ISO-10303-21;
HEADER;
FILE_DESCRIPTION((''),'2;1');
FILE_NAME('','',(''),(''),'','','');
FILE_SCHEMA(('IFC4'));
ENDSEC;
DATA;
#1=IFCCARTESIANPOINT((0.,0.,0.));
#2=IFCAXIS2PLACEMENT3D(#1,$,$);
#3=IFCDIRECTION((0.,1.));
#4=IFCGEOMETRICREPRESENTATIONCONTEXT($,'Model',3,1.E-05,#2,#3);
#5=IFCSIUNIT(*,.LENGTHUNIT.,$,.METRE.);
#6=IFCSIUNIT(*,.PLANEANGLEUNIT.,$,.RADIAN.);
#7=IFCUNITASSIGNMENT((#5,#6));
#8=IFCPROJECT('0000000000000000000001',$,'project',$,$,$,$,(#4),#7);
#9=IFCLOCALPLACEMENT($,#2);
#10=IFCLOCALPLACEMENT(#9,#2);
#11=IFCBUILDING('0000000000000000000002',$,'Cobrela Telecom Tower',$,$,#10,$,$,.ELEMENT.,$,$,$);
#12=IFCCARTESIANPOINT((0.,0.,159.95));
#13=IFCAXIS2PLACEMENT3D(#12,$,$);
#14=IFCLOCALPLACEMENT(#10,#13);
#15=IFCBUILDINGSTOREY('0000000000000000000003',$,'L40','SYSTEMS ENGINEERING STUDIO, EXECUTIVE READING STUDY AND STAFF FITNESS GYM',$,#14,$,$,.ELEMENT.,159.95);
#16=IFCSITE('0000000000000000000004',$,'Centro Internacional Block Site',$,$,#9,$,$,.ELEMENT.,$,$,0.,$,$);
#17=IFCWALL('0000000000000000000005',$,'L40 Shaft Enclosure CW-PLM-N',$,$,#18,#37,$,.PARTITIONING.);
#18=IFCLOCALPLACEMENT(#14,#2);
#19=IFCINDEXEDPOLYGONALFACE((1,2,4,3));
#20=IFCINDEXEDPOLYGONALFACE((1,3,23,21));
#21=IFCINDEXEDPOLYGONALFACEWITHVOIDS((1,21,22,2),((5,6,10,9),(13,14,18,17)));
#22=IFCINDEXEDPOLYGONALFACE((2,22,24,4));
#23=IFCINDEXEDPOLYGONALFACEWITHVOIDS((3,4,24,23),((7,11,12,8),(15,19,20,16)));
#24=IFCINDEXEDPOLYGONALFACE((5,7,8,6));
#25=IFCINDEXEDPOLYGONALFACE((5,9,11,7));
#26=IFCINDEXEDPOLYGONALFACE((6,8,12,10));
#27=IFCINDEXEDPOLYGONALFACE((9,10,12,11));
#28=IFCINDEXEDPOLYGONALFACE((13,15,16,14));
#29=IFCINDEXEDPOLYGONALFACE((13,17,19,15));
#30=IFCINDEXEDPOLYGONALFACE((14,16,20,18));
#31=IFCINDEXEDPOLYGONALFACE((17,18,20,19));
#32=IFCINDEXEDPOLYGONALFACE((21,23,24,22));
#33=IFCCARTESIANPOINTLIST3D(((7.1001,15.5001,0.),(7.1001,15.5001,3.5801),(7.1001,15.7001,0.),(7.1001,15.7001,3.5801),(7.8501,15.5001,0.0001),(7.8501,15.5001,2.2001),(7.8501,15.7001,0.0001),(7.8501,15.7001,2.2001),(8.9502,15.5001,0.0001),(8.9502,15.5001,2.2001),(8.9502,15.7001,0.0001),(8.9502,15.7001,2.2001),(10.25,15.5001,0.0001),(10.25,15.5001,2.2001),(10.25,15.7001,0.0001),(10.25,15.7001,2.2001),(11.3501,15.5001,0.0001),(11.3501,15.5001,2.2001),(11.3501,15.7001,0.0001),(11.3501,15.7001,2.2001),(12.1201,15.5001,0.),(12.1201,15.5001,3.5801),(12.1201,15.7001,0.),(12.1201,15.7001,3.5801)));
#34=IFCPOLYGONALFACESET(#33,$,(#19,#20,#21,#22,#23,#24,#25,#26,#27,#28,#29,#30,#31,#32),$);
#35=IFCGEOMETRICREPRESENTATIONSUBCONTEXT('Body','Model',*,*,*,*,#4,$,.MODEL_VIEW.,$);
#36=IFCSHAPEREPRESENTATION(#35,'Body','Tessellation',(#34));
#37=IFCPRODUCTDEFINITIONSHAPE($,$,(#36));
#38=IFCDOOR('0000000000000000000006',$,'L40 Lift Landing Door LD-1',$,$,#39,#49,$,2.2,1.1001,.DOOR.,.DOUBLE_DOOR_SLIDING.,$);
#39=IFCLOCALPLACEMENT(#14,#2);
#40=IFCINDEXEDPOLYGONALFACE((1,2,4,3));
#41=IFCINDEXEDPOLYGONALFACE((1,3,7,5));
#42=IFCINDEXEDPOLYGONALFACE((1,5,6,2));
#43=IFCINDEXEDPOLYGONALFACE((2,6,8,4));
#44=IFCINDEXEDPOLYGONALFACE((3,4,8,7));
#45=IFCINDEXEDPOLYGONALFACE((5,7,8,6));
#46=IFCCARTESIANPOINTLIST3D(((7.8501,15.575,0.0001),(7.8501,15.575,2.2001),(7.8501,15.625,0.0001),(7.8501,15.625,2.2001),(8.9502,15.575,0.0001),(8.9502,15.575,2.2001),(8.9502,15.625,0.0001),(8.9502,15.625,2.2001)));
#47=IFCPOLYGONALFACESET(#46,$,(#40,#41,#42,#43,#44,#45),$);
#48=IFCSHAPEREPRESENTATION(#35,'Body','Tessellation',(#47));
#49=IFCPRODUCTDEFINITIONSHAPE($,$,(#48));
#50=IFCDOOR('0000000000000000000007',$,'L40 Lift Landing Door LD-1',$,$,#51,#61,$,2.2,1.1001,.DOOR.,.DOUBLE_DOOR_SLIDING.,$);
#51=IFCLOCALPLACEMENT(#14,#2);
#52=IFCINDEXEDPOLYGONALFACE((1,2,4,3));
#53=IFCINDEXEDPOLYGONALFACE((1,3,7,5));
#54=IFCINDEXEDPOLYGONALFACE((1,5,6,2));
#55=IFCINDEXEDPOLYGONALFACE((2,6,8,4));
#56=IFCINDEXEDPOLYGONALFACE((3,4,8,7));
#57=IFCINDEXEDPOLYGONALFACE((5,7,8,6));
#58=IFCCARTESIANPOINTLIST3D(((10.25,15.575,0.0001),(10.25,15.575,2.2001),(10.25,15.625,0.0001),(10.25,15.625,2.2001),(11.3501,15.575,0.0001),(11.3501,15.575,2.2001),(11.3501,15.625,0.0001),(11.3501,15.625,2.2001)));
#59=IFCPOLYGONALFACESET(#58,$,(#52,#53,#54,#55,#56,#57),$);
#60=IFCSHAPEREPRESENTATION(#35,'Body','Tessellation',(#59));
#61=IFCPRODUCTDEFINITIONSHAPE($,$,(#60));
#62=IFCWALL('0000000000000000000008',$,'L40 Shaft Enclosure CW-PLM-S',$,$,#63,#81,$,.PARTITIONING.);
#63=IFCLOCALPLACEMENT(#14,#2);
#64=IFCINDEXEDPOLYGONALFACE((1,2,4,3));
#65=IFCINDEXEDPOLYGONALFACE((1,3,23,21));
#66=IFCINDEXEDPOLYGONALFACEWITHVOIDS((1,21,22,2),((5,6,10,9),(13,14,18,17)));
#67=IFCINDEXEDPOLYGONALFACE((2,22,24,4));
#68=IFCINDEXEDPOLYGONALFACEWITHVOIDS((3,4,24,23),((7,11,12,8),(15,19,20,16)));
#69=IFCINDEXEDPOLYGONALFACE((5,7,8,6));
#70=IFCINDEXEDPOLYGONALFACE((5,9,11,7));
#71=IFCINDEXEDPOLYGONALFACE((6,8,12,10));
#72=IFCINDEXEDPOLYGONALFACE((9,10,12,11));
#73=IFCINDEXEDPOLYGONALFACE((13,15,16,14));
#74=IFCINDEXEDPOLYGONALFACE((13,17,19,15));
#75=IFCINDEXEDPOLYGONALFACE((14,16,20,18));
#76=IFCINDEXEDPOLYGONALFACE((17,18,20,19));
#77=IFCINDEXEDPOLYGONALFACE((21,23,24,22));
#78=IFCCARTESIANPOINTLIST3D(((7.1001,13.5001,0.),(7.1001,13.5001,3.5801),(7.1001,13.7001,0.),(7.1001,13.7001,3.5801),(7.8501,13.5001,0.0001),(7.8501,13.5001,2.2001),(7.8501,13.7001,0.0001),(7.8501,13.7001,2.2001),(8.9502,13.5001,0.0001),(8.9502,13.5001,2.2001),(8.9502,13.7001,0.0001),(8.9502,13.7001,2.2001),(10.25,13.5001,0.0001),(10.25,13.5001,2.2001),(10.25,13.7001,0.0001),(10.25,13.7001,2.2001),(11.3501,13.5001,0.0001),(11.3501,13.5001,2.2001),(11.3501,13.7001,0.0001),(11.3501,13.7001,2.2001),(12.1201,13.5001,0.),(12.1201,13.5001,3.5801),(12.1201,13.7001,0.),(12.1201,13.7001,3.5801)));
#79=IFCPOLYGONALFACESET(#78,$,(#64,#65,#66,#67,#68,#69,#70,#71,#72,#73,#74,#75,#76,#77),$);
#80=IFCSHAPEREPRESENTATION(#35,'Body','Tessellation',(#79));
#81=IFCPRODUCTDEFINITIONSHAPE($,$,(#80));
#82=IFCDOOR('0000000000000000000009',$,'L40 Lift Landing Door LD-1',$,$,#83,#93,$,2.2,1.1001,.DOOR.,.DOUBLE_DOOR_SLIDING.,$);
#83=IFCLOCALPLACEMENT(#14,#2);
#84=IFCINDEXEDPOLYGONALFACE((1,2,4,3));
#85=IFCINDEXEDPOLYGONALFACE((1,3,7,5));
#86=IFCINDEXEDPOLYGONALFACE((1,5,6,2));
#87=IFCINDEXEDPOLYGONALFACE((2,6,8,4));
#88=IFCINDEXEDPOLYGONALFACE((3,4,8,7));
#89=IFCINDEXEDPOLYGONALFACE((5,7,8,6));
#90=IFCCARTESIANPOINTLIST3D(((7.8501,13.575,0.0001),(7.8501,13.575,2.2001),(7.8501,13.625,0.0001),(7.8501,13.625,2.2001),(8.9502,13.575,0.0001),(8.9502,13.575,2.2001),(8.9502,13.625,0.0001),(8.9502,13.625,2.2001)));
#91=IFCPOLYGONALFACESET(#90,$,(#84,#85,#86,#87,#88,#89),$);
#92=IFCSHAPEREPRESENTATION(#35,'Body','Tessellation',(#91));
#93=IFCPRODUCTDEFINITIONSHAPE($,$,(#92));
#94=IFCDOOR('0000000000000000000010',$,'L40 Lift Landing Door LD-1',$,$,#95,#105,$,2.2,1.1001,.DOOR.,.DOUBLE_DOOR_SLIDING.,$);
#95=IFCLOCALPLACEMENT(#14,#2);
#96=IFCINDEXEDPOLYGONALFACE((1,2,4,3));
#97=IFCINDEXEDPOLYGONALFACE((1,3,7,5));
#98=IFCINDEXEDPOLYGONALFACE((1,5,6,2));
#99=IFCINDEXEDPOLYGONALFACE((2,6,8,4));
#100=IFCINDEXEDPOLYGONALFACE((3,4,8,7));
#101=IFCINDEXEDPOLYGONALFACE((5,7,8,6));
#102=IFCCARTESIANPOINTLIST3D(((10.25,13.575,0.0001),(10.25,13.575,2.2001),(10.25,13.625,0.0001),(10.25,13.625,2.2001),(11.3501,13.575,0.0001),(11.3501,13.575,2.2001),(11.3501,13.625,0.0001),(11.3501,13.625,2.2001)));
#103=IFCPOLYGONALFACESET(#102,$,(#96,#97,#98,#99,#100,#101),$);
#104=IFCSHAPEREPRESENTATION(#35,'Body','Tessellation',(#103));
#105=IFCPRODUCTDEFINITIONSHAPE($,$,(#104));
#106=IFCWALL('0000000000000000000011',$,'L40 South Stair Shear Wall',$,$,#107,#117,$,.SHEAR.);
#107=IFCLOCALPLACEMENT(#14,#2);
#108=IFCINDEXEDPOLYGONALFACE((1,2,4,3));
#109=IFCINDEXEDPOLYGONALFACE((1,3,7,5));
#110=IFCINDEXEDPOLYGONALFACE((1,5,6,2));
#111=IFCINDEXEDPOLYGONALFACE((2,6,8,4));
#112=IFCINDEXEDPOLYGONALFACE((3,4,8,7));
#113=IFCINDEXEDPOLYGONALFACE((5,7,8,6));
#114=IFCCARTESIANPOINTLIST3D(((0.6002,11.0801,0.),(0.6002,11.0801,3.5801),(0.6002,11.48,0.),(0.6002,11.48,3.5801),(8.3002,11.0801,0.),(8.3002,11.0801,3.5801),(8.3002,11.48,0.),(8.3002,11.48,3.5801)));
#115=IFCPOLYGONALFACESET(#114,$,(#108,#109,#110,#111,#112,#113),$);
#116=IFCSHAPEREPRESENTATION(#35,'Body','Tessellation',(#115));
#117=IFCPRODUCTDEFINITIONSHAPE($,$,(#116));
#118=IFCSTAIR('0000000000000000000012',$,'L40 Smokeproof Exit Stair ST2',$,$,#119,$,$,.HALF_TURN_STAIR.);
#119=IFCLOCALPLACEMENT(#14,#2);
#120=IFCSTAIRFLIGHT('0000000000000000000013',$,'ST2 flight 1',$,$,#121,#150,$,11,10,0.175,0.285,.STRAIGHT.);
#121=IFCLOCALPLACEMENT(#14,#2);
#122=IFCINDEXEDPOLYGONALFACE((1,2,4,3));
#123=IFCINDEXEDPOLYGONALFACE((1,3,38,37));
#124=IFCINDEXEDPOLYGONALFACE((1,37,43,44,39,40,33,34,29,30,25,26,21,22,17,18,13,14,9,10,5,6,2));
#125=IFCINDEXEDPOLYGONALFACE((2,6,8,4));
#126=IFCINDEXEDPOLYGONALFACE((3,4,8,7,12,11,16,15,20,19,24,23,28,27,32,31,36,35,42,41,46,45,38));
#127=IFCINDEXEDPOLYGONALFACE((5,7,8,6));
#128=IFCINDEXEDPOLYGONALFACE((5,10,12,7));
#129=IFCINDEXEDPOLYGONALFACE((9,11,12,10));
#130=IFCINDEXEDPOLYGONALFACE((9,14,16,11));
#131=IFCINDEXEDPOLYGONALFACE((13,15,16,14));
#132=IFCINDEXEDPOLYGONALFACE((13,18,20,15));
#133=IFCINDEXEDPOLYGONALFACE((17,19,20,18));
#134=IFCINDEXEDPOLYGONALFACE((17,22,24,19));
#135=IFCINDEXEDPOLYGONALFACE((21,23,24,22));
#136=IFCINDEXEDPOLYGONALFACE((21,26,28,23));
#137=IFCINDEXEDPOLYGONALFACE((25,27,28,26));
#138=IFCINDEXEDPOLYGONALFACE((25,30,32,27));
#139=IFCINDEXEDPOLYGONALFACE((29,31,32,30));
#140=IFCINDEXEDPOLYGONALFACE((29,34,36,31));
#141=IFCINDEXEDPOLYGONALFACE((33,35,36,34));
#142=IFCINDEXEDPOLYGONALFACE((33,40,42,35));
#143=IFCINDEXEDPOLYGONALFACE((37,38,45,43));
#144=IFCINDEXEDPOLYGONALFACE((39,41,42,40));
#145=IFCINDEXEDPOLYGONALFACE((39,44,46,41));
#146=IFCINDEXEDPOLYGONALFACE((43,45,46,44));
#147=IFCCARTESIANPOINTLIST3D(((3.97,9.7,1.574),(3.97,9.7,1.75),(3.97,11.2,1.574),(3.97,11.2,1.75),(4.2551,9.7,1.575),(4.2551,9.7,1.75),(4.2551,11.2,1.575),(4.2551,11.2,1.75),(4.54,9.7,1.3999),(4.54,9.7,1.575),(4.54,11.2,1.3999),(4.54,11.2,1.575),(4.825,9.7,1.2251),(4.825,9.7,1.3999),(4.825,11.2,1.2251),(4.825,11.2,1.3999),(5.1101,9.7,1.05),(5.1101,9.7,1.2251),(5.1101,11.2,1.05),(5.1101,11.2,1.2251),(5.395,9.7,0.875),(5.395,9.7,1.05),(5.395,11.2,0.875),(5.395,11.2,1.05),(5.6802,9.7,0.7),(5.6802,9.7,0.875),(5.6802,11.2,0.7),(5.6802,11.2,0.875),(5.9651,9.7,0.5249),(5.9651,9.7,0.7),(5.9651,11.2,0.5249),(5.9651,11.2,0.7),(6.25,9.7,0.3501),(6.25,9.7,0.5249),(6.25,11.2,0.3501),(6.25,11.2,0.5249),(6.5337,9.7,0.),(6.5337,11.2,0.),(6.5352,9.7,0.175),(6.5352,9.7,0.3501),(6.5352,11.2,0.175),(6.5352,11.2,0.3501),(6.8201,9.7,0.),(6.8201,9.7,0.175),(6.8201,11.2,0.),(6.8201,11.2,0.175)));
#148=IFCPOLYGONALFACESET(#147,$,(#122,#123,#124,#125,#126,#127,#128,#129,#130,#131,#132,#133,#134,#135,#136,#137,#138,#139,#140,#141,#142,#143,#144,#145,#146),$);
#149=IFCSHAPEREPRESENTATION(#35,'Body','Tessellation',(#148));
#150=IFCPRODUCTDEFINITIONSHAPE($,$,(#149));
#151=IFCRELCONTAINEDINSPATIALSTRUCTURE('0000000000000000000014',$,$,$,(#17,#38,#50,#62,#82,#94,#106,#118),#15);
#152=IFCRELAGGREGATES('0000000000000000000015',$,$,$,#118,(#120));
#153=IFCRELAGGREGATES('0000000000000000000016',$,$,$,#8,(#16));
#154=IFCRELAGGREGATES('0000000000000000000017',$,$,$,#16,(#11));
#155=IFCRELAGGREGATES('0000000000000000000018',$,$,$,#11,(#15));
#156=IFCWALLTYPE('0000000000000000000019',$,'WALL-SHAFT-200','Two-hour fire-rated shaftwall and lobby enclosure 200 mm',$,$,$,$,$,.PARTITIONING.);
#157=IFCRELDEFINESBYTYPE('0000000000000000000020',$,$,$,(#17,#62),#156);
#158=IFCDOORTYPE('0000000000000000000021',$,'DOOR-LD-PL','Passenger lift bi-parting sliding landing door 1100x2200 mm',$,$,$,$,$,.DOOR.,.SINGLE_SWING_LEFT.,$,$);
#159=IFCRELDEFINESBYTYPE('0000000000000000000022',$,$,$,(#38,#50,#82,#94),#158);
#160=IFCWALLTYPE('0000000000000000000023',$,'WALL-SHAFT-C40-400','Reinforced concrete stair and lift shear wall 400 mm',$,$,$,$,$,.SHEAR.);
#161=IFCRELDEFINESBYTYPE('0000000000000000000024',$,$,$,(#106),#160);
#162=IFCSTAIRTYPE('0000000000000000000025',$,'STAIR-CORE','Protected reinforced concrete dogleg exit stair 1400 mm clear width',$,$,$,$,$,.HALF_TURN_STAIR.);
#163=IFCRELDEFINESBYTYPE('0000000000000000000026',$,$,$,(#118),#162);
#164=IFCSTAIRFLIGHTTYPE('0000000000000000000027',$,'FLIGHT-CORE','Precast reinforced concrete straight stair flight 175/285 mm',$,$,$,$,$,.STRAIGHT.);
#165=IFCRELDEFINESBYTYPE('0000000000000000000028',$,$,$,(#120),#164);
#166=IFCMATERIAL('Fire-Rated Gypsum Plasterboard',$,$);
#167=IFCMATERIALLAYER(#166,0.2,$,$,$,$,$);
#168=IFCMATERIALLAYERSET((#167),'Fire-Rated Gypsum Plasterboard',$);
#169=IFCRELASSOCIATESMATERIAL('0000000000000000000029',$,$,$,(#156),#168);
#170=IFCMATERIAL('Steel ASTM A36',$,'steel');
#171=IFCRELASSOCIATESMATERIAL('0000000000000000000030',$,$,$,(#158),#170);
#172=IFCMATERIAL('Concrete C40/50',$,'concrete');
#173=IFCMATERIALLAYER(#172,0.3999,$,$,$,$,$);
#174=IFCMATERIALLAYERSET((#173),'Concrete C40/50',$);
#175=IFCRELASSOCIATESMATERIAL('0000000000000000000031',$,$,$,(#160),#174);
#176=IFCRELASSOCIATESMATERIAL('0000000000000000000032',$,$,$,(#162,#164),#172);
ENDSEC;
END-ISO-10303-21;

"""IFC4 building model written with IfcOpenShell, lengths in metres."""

from ifc_helpers import new_model, si_unit, direction, frame, frame_2d, origin, place, context, subcontext, project, spatial, polyline, rectangle, outline, extrude, material, layer, layer_set, type_object, element, fill, aggregate, save


model = new_model("IFC4")

# Units and contexts
model_context = context("Model", 3, precision=1e-05, world=origin(), true_north=direction((0.0, 1.0)))
body_context = subcontext(model_context, "Body", "Model", "MODEL_VIEW")
ifc_project = project(units=[si_unit("LENGTHUNIT", "METRE"), si_unit("PLANEANGLEUNIT", "RADIAN")], contexts=[model_context])

# Site, building, storey
site_placement = place(None, origin())
site = spatial("IfcSite", under=ifc_project, at=site_placement, Name="Centro Internacional Block Site", CompositionType="ELEMENT", RefElevation=0.0)
building_placement = place(site_placement, origin())
building = spatial("IfcBuilding", under=site, at=building_placement, Name="Cobrela Telecom Tower", CompositionType="ELEMENT")
storey_placement = place(building_placement, frame((0.0, 0.0, 159.95)))
storey = spatial("IfcBuildingStorey", under=building, at=storey_placement, Name="L40", Description="SYSTEMS ENGINEERING STUDIO, EXECUTIVE READING STUDY AND STAFF FITNESS GYM", CompositionType="ELEMENT", Elevation=159.95)

# Shared definitions
ifc_material_1 = material(Name="Fire-Rated Gypsum Plasterboard")

# Shared definitions
ifc_layer_1 = layer(ifc_material_1, 0.2)
ifc_layer_set_1 = layer_set([ifc_layer_1], Name="Fire-Rated Gypsum Plasterboard")
wall_type_1 = type_object("IfcWallType", Name="WALL-SHAFT-200", Description="Two-hour fire-rated shaftwall and lobby enclosure 200 mm", PredefinedType="PARTITIONING", material=ifc_layer_set_1)

# Walls, openings, doors
wall_1_placement = place(storey_placement, frame((7.1001, 15.6001, 0.0), z_axis=(0.0, 0.0, 1.0), x_axis=(1.0, 0.0, 0.0)))
wall_1 = element("IfcWall", 1, at=wall_1_placement, inside=storey, type_object=wall_type_1, Name="L40 Shaft Enclosure CW-PLM-N", PredefinedType="PARTITIONING", context=body_context, shape_type="SweptSolid", body=[
    extrude(rectangle(XDim=5.02, YDim=0.2, at=frame_2d((2.51, 0.0))), origin(), (0.0, 0.0, 1.0), 3.5801),
])
opening_1_placement = place(wall_1_placement, frame((0.75, 0.0, 0.0)))
opening_1 = element("IfcOpeningElement", 2, at=opening_1_placement, cuts=wall_1, PredefinedType="OPENING", context=body_context, shape_type="SweptSolid", body=[
    extrude(rectangle(XDim=1.1001, YDim=2.2, at=frame_2d((0.55, 1.1001))), frame((0.0, 0.1118, 0.0), z_axis=(0.0, -1.0, 0.0), x_axis=(1.0, 0.0, 0.0)), (0.0, 0.0, 1.0), 0.2239),
])
opening_2_placement = place(wall_1_placement, frame((3.1499, 0.0, 0.0)))
opening_2 = element("IfcOpeningElement", 3, at=opening_2_placement, cuts=wall_1, PredefinedType="OPENING", context=body_context, shape_type="SweptSolid", body=[
    extrude(rectangle(XDim=1.1001, YDim=2.2, at=frame_2d((0.55, 1.1001))), frame((0.0, 0.1118, 0.0), z_axis=(0.0, -1.0, 0.0), x_axis=(1.0, 0.0, 0.0)), (0.0, 0.0, 1.0), 0.2239),
])
ifc_material_2 = material(Name="Steel ASTM A36", Category="steel")
door_type_1 = type_object("IfcDoorType", Name="DOOR-LD-PL", Description="Passenger lift bi-parting sliding landing door 1100x2200 mm", OperationType="SINGLE_SWING_LEFT", PredefinedType="DOOR", material=ifc_material_2)
door_1_placement = place(opening_1_placement, origin())
door_1 = element("IfcDoor", 4, at=door_1_placement, inside=storey, type_object=door_type_1, Name="L40 Lift Landing Door LD-1", OperationType="DOUBLE_DOOR_SLIDING", OverallHeight=2.2, OverallWidth=1.1001, PredefinedType="DOOR", context=body_context, shape_type="SweptSolid", body=[
    extrude(rectangle(XDim=1.1001, YDim=2.2, at=frame_2d((0.55, 1.1001))), frame((0.0, 0.0249, 0.0), z_axis=(0.0, -1.0, 0.0), x_axis=(1.0, 0.0, 0.0)), (0.0, 0.0, 1.0), 0.05),
])
fill(opening_1, door_1)
door_2_placement = place(opening_2_placement, origin())
door_2 = element("IfcDoor", 5, at=door_2_placement, inside=storey, type_object=door_type_1, Name="L40 Lift Landing Door LD-1", OperationType="DOUBLE_DOOR_SLIDING", OverallHeight=2.2, OverallWidth=1.1001, PredefinedType="DOOR", context=body_context, shape_type="SweptSolid", body=[
    extrude(rectangle(XDim=1.1001, YDim=2.2, at=frame_2d((0.55, 1.1001))), frame((0.0, 0.0249, 0.0), z_axis=(0.0, -1.0, 0.0), x_axis=(1.0, 0.0, 0.0)), (0.0, 0.0, 1.0), 0.05),
])
fill(opening_2, door_2)
wall_2_placement = place(storey_placement, frame((7.1001, 13.6001, 0.0), z_axis=(0.0, 0.0, 1.0), x_axis=(1.0, 0.0, 0.0)))
wall_2 = element("IfcWall", 6, at=wall_2_placement, inside=storey, type_object=wall_type_1, Name="L40 Shaft Enclosure CW-PLM-S", PredefinedType="PARTITIONING", context=body_context, shape_type="SweptSolid", body=[
    extrude(rectangle(XDim=5.02, YDim=0.2, at=frame_2d((2.51, 0.0))), origin(), (0.0, 0.0, 1.0), 3.5801),
])
opening_3_placement = place(wall_2_placement, frame((0.75, 0.0, 0.0)))
opening_3 = element("IfcOpeningElement", 7, at=opening_3_placement, cuts=wall_2, PredefinedType="OPENING", context=body_context, shape_type="SweptSolid", body=[
    extrude(rectangle(XDim=1.1001, YDim=2.2, at=frame_2d((0.55, 1.1001))), frame((0.0, 0.1118, 0.0), z_axis=(0.0, -1.0, 0.0), x_axis=(1.0, 0.0, 0.0)), (0.0, 0.0, 1.0), 0.2239),
])
opening_4_placement = place(wall_2_placement, frame((3.1499, 0.0, 0.0)))
opening_4 = element("IfcOpeningElement", 8, at=opening_4_placement, cuts=wall_2, PredefinedType="OPENING", context=body_context, shape_type="SweptSolid", body=[
    extrude(rectangle(XDim=1.1001, YDim=2.2, at=frame_2d((0.55, 1.1001))), frame((0.0, 0.1118, 0.0), z_axis=(0.0, -1.0, 0.0), x_axis=(1.0, 0.0, 0.0)), (0.0, 0.0, 1.0), 0.2239),
])
door_3_placement = place(opening_3_placement, origin())
door_3 = element("IfcDoor", 9, at=door_3_placement, inside=storey, type_object=door_type_1, Name="L40 Lift Landing Door LD-1", OperationType="DOUBLE_DOOR_SLIDING", OverallHeight=2.2, OverallWidth=1.1001, PredefinedType="DOOR", context=body_context, shape_type="SweptSolid", body=[
    extrude(rectangle(XDim=1.1001, YDim=2.2, at=frame_2d((0.55, 1.1001))), frame((0.0, 0.0249, 0.0), z_axis=(0.0, -1.0, 0.0), x_axis=(1.0, 0.0, 0.0)), (0.0, 0.0, 1.0), 0.05),
])
fill(opening_3, door_3)
door_4_placement = place(opening_4_placement, origin())
door_4 = element("IfcDoor", 10, at=door_4_placement, inside=storey, type_object=door_type_1, Name="L40 Lift Landing Door LD-1", OperationType="DOUBLE_DOOR_SLIDING", OverallHeight=2.2, OverallWidth=1.1001, PredefinedType="DOOR", context=body_context, shape_type="SweptSolid", body=[
    extrude(rectangle(XDim=1.1001, YDim=2.2, at=frame_2d((0.55, 1.1001))), frame((0.0, 0.0249, 0.0), z_axis=(0.0, -1.0, 0.0), x_axis=(1.0, 0.0, 0.0)), (0.0, 0.0, 1.0), 0.05),
])
fill(opening_4, door_4)

# Wall
ifc_material_3 = material(Name="Concrete C40/50", Category="concrete")
ifc_layer_2 = layer(ifc_material_3, 0.3999)
ifc_layer_set_2 = layer_set([ifc_layer_2], Name="Concrete C40/50")
wall_type_2 = type_object("IfcWallType", Name="WALL-SHAFT-C40-400", Description="Reinforced concrete stair and lift shear wall 400 mm", PredefinedType="SHEAR", material=ifc_layer_set_2)
wall_3_placement = place(storey_placement, frame((0.6001, 11.28, 0.0), z_axis=(0.0, 0.0, 1.0), x_axis=(1.0, 0.0, 0.0)))
element("IfcWall", 11, at=wall_3_placement, inside=storey, type_object=wall_type_2, Name="L40 South Stair Shear Wall", PredefinedType="SHEAR", context=body_context, shape_type="SweptSolid", body=[
    extrude(rectangle(XDim=7.7, YDim=0.3999, at=frame_2d((3.8501, 0.0))), origin(), (0.0, 0.0, 1.0), 3.5801),
])

# Stair, stair flight
stair_type = type_object("IfcStairType", Name="STAIR-CORE", Description="Protected reinforced concrete dogleg exit stair 1400 mm clear width", PredefinedType="HALF_TURN_STAIR", material=ifc_material_3)
stair_placement = place(storey_placement, origin())
stair = element("IfcStair", 12, at=stair_placement, inside=storey, type_object=stair_type, Name="L40 Smokeproof Exit Stair ST2", PredefinedType="HALF_TURN_STAIR")
stair_flight_type = type_object("IfcStairFlightType", Name="FLIGHT-CORE", Description="Precast reinforced concrete straight stair flight 175/285 mm", PredefinedType="STRAIGHT", material=ifc_material_3)
stair_flight_placement = place(storey_placement, frame((6.8201, 10.45, 0.0), z_axis=(0.0, 0.0, 1.0), x_axis=(-1.0, 0.0, 0.0)))
stair_flight = element("IfcStairFlight", 13, at=stair_flight_placement, type_object=stair_flight_type, Name="ST2 flight 1", NumberOfRisers=11, NumberOfTreads=10, PredefinedType="STRAIGHT", RiserHeight=0.175, TreadLength=0.285, context=body_context, shape_type="SweptSolid", body=[
    extrude(outline(polyline([(0.0, 0.0), (0.0, 0.175), (0.2849, 0.175), (0.2849, 0.3501), (0.5701, 0.3501), (0.5701, 0.5249), (0.855, 0.5249), (0.855, 0.7), (1.1399, 0.7), (1.1399, 0.875), (1.425, 0.875), (1.425, 1.05), (1.71, 1.05), (1.71, 1.2251), (1.9951, 1.2251), (1.9951, 1.3999), (2.28, 1.3999), (2.28, 1.575), (2.5649, 1.575), (2.5649, 1.75), (2.8501, 1.75), (2.8501, 1.925), (2.8501, 1.574), (0.2864, 0.0), (0.0, 0.0)])), frame((0.0, 0.75, 0.0), z_axis=(0.0, -1.0, 0.0), x_axis=(1.0, 0.0, 0.0)), (0.0, 0.0, 1.0), 1.5),
])
aggregate(stair, [stair_flight])

save(model, "model.ifc")
